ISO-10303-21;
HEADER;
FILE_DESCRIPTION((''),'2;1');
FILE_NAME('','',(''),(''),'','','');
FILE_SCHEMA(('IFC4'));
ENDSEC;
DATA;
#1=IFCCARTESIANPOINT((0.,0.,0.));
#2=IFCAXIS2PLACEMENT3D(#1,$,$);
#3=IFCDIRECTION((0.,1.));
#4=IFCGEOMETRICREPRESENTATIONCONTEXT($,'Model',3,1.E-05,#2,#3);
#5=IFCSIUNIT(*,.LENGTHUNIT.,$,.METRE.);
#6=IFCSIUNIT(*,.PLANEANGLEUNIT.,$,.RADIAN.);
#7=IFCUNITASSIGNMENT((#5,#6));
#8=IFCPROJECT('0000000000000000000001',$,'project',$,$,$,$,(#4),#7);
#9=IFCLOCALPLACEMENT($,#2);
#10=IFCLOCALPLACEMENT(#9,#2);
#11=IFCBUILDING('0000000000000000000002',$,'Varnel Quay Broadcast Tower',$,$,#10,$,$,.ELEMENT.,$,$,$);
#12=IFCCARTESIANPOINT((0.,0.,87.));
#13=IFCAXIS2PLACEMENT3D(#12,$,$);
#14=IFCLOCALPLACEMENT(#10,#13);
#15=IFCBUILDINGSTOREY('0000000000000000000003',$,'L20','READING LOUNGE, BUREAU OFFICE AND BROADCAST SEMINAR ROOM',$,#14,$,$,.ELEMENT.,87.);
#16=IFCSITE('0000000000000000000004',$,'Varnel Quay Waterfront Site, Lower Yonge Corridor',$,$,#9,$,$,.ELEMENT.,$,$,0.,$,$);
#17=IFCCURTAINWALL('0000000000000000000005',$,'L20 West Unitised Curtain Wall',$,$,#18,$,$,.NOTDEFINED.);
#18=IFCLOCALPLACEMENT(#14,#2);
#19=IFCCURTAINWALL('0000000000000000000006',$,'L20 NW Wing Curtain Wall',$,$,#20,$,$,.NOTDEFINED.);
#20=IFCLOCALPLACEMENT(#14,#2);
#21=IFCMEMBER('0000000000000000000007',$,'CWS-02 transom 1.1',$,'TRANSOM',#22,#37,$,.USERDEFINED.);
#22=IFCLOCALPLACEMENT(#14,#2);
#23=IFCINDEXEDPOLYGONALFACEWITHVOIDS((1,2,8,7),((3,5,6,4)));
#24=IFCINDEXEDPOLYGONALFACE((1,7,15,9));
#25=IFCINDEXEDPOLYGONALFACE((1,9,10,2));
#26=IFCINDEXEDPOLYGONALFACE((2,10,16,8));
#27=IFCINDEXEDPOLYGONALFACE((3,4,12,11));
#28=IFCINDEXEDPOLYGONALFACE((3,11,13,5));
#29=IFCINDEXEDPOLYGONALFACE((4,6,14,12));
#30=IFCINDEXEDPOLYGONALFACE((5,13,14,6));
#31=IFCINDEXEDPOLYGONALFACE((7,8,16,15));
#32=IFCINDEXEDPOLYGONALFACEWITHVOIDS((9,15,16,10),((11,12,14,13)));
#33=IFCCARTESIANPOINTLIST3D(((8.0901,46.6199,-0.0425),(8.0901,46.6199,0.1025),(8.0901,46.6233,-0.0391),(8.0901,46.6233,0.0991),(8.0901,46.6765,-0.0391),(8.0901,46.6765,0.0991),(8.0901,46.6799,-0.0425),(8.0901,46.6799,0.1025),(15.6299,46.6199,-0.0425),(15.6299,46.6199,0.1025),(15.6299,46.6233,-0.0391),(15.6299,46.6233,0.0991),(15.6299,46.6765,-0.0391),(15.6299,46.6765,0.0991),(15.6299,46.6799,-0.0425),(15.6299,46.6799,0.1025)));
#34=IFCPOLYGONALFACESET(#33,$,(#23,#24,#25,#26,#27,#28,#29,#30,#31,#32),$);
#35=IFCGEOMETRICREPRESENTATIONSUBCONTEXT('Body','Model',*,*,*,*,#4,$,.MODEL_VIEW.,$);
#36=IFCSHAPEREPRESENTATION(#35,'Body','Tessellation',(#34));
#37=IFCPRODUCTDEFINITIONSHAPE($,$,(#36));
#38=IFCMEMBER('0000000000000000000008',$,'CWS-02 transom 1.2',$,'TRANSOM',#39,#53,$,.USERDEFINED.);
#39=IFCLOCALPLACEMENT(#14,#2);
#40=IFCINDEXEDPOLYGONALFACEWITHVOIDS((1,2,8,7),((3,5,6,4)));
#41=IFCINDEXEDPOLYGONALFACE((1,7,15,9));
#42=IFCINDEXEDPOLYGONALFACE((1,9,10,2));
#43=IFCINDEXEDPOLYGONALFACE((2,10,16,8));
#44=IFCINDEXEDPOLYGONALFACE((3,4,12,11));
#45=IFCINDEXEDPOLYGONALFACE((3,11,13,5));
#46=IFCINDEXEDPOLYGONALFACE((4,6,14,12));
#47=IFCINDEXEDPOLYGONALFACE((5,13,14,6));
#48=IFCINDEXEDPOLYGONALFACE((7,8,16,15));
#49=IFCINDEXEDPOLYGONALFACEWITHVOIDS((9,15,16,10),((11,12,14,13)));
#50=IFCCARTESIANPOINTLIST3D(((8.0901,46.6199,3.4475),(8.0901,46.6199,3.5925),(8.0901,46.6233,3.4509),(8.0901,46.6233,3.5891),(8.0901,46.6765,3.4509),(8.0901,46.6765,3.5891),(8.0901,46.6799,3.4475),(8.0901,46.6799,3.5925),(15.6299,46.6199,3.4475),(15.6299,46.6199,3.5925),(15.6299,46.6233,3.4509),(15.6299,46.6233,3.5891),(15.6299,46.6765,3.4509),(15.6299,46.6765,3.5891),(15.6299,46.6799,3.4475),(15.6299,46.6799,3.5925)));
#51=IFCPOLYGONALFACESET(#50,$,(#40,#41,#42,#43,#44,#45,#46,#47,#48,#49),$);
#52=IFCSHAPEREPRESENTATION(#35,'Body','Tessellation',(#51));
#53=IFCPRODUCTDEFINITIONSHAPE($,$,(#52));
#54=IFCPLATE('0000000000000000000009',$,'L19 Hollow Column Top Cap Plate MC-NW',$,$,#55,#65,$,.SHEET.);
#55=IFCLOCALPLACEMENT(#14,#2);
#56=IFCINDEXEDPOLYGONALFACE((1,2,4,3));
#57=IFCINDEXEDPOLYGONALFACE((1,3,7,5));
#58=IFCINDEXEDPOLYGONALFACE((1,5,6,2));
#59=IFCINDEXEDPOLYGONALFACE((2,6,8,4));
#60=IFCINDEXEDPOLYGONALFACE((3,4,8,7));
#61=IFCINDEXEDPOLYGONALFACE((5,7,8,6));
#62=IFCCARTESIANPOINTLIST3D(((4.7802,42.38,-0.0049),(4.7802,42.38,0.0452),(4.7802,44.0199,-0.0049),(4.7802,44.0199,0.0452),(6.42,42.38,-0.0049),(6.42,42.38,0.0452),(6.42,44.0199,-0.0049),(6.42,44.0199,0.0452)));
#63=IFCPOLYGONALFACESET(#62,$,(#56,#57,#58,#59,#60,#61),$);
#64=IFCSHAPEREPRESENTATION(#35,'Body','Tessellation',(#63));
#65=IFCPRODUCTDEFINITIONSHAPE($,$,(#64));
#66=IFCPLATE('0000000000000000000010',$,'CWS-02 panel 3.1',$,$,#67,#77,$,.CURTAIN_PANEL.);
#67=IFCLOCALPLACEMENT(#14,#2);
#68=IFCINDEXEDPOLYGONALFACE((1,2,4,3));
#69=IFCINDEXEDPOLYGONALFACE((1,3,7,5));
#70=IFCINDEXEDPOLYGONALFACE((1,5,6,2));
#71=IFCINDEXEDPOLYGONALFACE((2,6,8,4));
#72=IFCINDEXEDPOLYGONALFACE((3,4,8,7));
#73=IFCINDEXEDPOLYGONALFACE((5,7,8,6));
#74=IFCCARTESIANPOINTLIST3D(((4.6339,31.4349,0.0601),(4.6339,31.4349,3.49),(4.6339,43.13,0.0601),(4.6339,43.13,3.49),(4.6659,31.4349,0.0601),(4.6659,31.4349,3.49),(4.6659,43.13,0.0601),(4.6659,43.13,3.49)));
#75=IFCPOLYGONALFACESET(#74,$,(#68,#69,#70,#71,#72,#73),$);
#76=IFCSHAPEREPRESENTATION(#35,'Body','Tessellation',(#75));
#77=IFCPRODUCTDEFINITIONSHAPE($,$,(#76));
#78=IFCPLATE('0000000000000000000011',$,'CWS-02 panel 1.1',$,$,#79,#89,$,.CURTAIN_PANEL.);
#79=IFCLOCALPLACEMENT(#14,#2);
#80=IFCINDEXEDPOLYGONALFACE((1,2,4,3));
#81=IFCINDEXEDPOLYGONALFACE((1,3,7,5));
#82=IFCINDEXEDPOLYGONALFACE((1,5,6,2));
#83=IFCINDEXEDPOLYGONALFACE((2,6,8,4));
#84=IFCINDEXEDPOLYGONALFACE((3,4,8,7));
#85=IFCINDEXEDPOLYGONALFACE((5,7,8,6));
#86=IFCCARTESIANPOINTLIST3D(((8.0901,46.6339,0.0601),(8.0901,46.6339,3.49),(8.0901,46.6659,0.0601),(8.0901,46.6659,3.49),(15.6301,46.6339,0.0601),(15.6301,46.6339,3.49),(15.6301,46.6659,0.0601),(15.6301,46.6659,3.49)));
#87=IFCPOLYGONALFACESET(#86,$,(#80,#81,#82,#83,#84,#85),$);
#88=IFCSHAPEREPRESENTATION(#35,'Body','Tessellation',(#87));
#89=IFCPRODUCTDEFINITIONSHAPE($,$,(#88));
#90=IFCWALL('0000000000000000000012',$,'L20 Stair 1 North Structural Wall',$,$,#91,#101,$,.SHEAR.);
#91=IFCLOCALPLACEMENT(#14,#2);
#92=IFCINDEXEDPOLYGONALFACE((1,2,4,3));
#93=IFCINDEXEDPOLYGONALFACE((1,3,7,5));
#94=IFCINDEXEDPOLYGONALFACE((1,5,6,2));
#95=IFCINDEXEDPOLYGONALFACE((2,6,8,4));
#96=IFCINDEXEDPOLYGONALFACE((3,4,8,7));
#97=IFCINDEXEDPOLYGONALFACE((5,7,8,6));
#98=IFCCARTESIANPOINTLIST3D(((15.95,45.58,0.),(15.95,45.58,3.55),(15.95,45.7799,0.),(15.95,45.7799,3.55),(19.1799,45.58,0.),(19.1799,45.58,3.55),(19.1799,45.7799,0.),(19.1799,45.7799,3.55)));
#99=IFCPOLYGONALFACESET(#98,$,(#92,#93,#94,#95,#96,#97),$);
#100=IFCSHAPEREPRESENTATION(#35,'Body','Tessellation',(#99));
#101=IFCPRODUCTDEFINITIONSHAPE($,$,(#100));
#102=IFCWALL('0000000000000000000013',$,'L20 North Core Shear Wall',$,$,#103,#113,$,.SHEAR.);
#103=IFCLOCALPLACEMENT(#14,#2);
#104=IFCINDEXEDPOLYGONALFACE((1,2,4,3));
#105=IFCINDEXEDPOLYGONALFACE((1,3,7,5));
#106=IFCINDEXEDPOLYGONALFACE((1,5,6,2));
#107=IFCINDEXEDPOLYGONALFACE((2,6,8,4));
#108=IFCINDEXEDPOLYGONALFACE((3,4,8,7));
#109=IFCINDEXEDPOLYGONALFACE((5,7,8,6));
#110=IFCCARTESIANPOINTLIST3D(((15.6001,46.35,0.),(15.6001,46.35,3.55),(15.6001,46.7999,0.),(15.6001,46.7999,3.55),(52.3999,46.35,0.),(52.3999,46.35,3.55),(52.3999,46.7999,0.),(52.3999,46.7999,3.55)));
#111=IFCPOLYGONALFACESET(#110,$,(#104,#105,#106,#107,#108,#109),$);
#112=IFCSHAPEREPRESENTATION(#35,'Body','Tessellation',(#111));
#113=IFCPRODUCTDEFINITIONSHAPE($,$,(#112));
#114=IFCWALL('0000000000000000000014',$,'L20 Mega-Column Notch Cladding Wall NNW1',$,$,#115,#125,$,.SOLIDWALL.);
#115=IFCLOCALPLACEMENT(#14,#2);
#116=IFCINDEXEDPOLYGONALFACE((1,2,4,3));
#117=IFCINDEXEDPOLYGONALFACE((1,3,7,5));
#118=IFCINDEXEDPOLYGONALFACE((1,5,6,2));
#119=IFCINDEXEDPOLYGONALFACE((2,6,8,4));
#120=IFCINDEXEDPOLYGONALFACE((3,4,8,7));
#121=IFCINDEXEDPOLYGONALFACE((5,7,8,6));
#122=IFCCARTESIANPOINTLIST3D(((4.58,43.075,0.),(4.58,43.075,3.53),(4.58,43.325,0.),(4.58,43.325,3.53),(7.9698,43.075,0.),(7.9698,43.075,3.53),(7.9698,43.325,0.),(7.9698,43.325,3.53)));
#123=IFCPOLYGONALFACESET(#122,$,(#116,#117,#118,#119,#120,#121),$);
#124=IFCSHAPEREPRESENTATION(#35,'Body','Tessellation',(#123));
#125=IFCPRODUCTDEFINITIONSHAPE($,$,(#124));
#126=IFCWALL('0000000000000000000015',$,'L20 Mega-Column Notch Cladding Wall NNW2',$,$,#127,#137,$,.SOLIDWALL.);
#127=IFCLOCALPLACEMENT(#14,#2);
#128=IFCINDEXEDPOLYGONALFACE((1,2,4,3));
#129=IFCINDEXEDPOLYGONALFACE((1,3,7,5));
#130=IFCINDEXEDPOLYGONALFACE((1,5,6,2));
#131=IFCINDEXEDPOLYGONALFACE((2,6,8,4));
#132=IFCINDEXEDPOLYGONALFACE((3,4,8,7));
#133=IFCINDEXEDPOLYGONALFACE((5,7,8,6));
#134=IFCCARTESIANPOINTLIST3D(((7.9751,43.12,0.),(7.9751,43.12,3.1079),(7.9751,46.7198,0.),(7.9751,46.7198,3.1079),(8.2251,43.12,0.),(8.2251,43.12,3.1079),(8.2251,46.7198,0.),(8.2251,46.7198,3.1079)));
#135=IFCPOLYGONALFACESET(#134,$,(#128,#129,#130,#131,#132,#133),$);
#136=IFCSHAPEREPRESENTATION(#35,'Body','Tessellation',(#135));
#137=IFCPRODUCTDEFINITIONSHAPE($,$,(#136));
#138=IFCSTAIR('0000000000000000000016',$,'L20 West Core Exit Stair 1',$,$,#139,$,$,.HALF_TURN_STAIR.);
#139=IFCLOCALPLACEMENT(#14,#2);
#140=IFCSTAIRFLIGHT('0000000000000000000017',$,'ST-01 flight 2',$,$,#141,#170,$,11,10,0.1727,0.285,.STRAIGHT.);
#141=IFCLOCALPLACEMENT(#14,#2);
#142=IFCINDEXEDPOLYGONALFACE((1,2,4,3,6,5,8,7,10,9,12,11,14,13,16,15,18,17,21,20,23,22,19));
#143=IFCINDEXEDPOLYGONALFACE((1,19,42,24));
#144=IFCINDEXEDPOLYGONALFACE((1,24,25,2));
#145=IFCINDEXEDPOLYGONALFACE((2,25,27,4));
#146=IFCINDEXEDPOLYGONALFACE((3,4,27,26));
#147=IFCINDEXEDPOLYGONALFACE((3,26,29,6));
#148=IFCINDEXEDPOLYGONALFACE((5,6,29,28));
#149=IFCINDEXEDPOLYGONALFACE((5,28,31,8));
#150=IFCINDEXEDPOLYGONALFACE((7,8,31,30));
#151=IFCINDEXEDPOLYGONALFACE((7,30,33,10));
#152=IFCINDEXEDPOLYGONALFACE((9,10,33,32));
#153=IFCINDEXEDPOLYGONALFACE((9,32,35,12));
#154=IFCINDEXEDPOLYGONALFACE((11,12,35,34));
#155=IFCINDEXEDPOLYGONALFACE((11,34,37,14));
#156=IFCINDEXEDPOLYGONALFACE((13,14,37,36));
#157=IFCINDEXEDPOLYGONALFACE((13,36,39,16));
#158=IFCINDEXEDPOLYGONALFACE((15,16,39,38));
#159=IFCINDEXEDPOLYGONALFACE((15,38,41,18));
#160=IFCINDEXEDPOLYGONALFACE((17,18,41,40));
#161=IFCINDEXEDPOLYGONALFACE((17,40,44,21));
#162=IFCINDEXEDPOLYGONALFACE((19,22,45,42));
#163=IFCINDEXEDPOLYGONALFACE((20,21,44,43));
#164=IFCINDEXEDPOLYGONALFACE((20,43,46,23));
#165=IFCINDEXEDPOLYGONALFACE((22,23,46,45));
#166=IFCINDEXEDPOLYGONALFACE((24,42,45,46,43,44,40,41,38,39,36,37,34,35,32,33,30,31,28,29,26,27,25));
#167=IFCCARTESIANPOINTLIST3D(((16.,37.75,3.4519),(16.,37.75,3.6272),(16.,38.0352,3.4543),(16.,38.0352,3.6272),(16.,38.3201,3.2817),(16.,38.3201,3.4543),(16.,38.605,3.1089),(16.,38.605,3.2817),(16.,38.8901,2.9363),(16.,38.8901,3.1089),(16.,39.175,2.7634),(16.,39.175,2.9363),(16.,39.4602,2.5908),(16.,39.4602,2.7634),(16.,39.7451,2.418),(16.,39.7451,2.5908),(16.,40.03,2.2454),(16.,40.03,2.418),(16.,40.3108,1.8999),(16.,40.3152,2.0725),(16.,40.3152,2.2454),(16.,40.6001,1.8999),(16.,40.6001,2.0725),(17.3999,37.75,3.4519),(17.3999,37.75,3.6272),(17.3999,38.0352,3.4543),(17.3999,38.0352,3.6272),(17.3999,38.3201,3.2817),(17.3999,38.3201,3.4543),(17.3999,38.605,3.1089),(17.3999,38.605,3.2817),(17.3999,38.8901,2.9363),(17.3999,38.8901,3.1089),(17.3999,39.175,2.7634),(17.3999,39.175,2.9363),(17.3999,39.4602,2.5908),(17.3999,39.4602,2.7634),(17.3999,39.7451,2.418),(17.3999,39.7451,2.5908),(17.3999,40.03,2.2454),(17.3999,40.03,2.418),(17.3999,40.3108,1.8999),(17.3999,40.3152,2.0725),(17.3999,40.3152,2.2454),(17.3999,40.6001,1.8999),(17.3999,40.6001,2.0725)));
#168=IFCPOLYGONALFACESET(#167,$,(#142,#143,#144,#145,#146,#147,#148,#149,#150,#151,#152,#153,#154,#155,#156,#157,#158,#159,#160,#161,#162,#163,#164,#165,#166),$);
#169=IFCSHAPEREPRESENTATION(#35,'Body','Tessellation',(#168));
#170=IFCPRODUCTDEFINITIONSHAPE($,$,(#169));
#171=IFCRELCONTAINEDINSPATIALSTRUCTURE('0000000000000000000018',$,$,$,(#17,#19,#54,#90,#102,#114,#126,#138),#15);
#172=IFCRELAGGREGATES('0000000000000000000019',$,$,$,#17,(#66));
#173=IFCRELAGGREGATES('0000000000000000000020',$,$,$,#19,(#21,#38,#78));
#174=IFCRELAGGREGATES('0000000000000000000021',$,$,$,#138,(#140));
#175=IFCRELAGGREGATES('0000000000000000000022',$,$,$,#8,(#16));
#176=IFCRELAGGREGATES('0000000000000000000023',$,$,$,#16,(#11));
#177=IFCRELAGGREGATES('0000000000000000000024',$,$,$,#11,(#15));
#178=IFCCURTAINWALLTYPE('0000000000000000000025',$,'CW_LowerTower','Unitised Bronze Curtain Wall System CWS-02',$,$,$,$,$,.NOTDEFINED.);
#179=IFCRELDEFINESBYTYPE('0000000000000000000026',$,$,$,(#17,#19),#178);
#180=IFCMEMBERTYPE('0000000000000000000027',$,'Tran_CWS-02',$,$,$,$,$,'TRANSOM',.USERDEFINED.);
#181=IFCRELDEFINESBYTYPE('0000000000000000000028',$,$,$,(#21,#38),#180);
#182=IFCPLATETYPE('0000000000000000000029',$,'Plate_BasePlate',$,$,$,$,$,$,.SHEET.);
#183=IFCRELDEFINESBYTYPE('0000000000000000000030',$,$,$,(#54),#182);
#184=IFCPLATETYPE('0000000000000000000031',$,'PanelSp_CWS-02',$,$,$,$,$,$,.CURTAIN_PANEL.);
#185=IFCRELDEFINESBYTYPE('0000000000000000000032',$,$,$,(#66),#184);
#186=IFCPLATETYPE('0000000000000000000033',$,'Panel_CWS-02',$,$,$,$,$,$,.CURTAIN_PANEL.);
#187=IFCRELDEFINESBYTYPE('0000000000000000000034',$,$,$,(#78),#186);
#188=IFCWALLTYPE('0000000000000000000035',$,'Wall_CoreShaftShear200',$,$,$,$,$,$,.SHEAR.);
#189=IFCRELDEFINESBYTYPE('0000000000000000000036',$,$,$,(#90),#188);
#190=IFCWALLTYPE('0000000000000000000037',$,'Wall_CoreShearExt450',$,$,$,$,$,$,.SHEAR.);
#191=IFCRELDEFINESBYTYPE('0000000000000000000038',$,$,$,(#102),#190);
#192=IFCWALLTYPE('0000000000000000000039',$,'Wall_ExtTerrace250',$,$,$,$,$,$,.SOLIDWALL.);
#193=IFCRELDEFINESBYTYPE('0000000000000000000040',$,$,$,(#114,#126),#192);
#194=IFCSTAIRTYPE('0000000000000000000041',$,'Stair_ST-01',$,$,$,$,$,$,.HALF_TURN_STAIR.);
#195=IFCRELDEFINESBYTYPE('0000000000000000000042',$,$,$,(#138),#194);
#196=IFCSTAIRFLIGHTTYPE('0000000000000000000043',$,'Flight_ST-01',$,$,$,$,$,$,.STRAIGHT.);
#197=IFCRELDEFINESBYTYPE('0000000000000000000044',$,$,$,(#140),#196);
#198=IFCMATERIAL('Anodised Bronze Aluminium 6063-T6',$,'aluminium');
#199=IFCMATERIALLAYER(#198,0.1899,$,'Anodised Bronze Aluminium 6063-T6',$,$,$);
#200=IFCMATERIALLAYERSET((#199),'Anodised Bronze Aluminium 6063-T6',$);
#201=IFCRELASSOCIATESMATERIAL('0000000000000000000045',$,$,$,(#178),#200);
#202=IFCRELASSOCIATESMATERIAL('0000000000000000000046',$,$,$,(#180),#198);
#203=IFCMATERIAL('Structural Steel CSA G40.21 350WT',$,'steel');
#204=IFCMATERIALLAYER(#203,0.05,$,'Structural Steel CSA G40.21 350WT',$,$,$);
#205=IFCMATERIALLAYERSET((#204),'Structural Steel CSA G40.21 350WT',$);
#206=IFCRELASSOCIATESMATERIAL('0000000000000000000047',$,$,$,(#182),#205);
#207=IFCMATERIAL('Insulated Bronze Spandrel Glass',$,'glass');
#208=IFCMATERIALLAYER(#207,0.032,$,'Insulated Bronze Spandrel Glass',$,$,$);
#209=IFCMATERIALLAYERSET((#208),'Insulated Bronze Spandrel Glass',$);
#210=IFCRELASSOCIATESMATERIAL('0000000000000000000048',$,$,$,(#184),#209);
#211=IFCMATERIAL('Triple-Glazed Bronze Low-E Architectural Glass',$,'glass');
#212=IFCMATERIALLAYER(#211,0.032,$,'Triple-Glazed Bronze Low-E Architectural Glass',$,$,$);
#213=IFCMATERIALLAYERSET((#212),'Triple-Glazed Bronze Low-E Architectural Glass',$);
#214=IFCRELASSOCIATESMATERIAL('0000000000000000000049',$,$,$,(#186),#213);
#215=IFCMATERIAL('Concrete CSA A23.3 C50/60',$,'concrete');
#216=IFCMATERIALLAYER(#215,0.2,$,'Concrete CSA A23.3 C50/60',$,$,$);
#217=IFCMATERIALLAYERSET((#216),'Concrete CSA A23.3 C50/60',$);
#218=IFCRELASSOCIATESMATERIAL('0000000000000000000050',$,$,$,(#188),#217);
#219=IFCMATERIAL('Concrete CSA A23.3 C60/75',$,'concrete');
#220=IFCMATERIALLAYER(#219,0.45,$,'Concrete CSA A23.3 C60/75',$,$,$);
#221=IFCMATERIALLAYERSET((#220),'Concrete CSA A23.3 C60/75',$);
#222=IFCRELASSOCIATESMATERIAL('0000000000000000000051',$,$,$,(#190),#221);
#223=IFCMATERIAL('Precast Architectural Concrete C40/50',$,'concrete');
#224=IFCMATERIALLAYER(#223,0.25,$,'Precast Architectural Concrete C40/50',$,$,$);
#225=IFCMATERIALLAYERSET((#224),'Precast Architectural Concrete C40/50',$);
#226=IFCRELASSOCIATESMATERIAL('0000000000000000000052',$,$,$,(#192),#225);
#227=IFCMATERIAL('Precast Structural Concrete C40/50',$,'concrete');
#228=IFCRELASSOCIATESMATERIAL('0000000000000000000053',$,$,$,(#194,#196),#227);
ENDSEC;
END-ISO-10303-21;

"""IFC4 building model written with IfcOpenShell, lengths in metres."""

from ifc_helpers import new_model, si_unit, direction, frame, frame_2d, origin, origin_2d, place, context, subcontext, project, spatial, polyline, rectangle, hollow_rectangle, outline, extrude, source, transform, mapped, material, layer, layer_set, material_profile, profile_set, type_object, type_shapes, element, aggregate, save


model = new_model("IFC4")

# Units and contexts
model_context = context("Model", 3, precision=1e-05, world=origin(), true_north=direction((0.0, 1.0)))
body_context = subcontext(model_context, "Body", "Model", "MODEL_VIEW")
ifc_project = project(units=[si_unit("LENGTHUNIT", "METRE"), si_unit("PLANEANGLEUNIT", "RADIAN")], contexts=[model_context])

# Site, building, storey
site_placement = place(None, origin())
site = spatial("IfcSite", under=ifc_project, at=site_placement, Name="Varnel Quay Waterfront Site, Lower Yonge Corridor", CompositionType="ELEMENT", RefElevation=0.0)
building_placement = place(site_placement, origin())
building = spatial("IfcBuilding", under=site, at=building_placement, Name="Varnel Quay Broadcast Tower", CompositionType="ELEMENT")
storey_placement = place(building_placement, frame((0.0, 0.0, 87.0)))
storey = spatial("IfcBuildingStorey", under=building, at=storey_placement, Name="L20", Description="READING LOUNGE, BUREAU OFFICE AND BROADCAST SEMINAR ROOM", CompositionType="ELEMENT", Elevation=87.0)

# Shared definitions
ifc_material_1 = material(Name="Structural Steel CSA G40.21 350WT", Category="steel")

# Curtain wall
ifc_material_2 = material(Name="Anodised Bronze Aluminium 6063-T6", Category="aluminium")
ifc_layer_1 = layer(ifc_material_2, 0.1899, Name="Anodised Bronze Aluminium 6063-T6")
ifc_layer_set_1 = layer_set([ifc_layer_1], Name="Anodised Bronze Aluminium 6063-T6")
curtain_wall_type = type_object("IfcCurtainWallType", Name="CW_LowerTower", Description="Unitised Bronze Curtain Wall System CWS-02", PredefinedType="NOTDEFINED", material=ifc_layer_set_1)
curtain_wall_1_placement = place(storey_placement, origin())
curtain_wall_1 = element("IfcCurtainWall", 1, at=curtain_wall_1_placement, inside=storey, type_object=curtain_wall_type, Name="L20 West Unitised Curtain Wall", PredefinedType="NOTDEFINED")

# Curtain wall, members
curtain_wall_2_placement = place(storey_placement, origin())
curtain_wall_2 = element("IfcCurtainWall", 2, at=curtain_wall_2_placement, inside=storey, type_object=curtain_wall_type, Name="L20 NW Wing Curtain Wall", PredefinedType="NOTDEFINED")
ifc_material_profile_1 = material_profile(ifc_material_2, hollow_rectangle(XDim=0.0601, YDim=0.145, WallThickness=0.0034, at=origin_2d()), Name="ALU60X145X3.5")
ifc_profile_set_1 = profile_set([ifc_material_profile_1], Name="Anodised Bronze Aluminium 6063-T6")
member_type_1 = type_object("IfcMemberType", Name="Tran_CWS-02", ElementType="TRANSOM", PredefinedType="USERDEFINED", material=ifc_profile_set_1)
shared_shape_1 = source(origin(), body_context, "Body", "SweptSolid", [
    extrude(hollow_rectangle(XDim=0.0601, YDim=0.145, WallThickness=0.0034, at=origin_2d()), origin(), (0.0, 0.0, 1.0), 7.5398),
])
type_shapes(member_type_1, [shared_shape_1])
member_1_placement = place(storey_placement, frame((8.0901, 46.6499, 0.03), z_axis=(1.0, 0.0, 0.0), x_axis=(0.0, 1.0, 0.0)))
member_1 = element("IfcMember", 3, at=member_1_placement, type_object=member_type_1, Name="CWS-02 transom 1.1", ObjectType="TRANSOM", PredefinedType="USERDEFINED", context=body_context, shape_type="MappedRepresentation", body=[
    mapped(shared_shape_1, transform((0.0, 0.0, 0.0), x_axis=(1.0, 0.0, 0.0), y_axis=(0.0, 1.0, 0.0), z_axis=(0.0, 0.0, 1.0), scale=1.0)),
])
member_2_placement = place(storey_placement, frame((8.0901, 46.6499, 3.52), z_axis=(1.0, 0.0, 0.0), x_axis=(0.0, 1.0, 0.0)))
member_2 = element("IfcMember", 4, at=member_2_placement, type_object=member_type_1, Name="CWS-02 transom 1.2", ObjectType="TRANSOM", PredefinedType="USERDEFINED", context=body_context, shape_type="MappedRepresentation", body=[
    mapped(shared_shape_1, transform((0.0, 0.0, 0.0), x_axis=(1.0, 0.0, 0.0), y_axis=(0.0, 1.0, 0.0), z_axis=(0.0, 0.0, 1.0), scale=1.0)),
])

# Plates
ifc_layer_2 = layer(ifc_material_1, 0.05, Name="Structural Steel CSA G40.21 350WT")
ifc_layer_set_2 = layer_set([ifc_layer_2], Name="Structural Steel CSA G40.21 350WT")
plate_type_1 = type_object("IfcPlateType", Name="Plate_BasePlate", PredefinedType="SHEET", material=ifc_layer_set_2)
shared_shape_2 = source(origin(), body_context, "Body", "SweptSolid", [
    extrude(rectangle(XDim=1.6399, YDim=1.6399, at=origin_2d()), origin(), (0.0, 0.0, 1.0), 0.05),
])
type_shapes(plate_type_1, [shared_shape_2])
plate_1_placement = place(storey_placement, frame((5.6001, 43.2, -0.0049), z_axis=(0.0, 0.0, 1.0), x_axis=(1.0, 0.0, 0.0)))
element("IfcPlate", 5, at=plate_1_placement, inside=storey, type_object=plate_type_1, Name="L19 Hollow Column Top Cap Plate MC-NW", PredefinedType="SHEET", context=body_context, shape_type="MappedRepresentation", body=[
    mapped(shared_shape_2, transform((0.0, 0.0, 0.0), x_axis=(1.0, 0.0, 0.0), y_axis=(0.0, 1.0, 0.0), z_axis=(0.0, 0.0, 1.0), scale=1.0)),
])
ifc_material_3 = material(Name="Insulated Bronze Spandrel Glass", Category="glass")
ifc_layer_3 = layer(ifc_material_3, 0.032, Name="Insulated Bronze Spandrel Glass")
ifc_layer_set_3 = layer_set([ifc_layer_3], Name="Insulated Bronze Spandrel Glass")
plate_type_2 = type_object("IfcPlateType", Name="PanelSp_CWS-02", PredefinedType="CURTAIN_PANEL", material=ifc_layer_set_3)
shared_shape_3 = source(origin(), body_context, "Body", "SweptSolid", [
    extrude(rectangle(XDim=11.6951, YDim=0.032, at=origin_2d()), origin(), (0.0, 0.0, 1.0), 3.4299),
])
type_shapes(plate_type_2, [shared_shape_3])
plate_2_placement = place(storey_placement, frame((4.6499, 37.2825, 0.0601), z_axis=(0.0, 0.0, 1.0), x_axis=(0.0, 1.0, 0.0)))
plate_2 = element("IfcPlate", 6, at=plate_2_placement, type_object=plate_type_2, Name="CWS-02 panel 3.1", PredefinedType="CURTAIN_PANEL", context=body_context, shape_type="MappedRepresentation", body=[
    mapped(shared_shape_3, transform((0.0, 0.0, 0.0), x_axis=(1.0, 0.0, 0.0), y_axis=(0.0, 1.0, 0.0), z_axis=(0.0, 0.0, 1.0), scale=1.0)),
])
aggregate(curtain_wall_1, [plate_2])
ifc_material_4 = material(Name="Triple-Glazed Bronze Low-E Architectural Glass", Category="glass")
ifc_layer_4 = layer(ifc_material_4, 0.032, Name="Triple-Glazed Bronze Low-E Architectural Glass")
ifc_layer_set_4 = layer_set([ifc_layer_4], Name="Triple-Glazed Bronze Low-E Architectural Glass")
plate_type_3 = type_object("IfcPlateType", Name="Panel_CWS-02", PredefinedType="CURTAIN_PANEL", material=ifc_layer_set_4)
shared_shape_4 = source(origin(), body_context, "Body", "SweptSolid", [
    extrude(rectangle(XDim=7.54, YDim=0.032, at=origin_2d()), origin(), (0.0, 0.0, 1.0), 3.4299),
])
type_shapes(plate_type_3, [shared_shape_4])
plate_3_placement = place(storey_placement, frame((11.8601, 46.6499, 0.0601), z_axis=(0.0, 0.0, 1.0), x_axis=(1.0, 0.0, 0.0)))
plate_3 = element("IfcPlate", 7, at=plate_3_placement, type_object=plate_type_3, Name="CWS-02 panel 1.1", PredefinedType="CURTAIN_PANEL", context=body_context, shape_type="MappedRepresentation", body=[
    mapped(shared_shape_4, transform((0.0, 0.0, 0.0), x_axis=(1.0, 0.0, 0.0), y_axis=(0.0, 1.0, 0.0), z_axis=(0.0, 0.0, 1.0), scale=1.0)),
])
aggregate(curtain_wall_2, [member_1, member_2, plate_3])

# Walls
ifc_material_5 = material(Name="Concrete CSA A23.3 C50/60", Category="concrete")
ifc_layer_5 = layer(ifc_material_5, 0.2, Name="Concrete CSA A23.3 C50/60")
ifc_layer_set_5 = layer_set([ifc_layer_5], Name="Concrete CSA A23.3 C50/60")
wall_type_1 = type_object("IfcWallType", Name="Wall_CoreShaftShear200", PredefinedType="SHEAR", material=ifc_layer_set_5)
wall_1_placement = place(storey_placement, frame((15.95, 45.6799, 0.0), z_axis=(0.0, 0.0, 1.0), x_axis=(1.0, 0.0, 0.0)))
element("IfcWall", 8, at=wall_1_placement, inside=storey, type_object=wall_type_1, Name="L20 Stair 1 North Structural Wall", PredefinedType="SHEAR", context=body_context, shape_type="SweptSolid", body=[
    extrude(rectangle(XDim=3.23, YDim=0.2, at=frame_2d((1.615, 0.0))), origin(), (0.0, 0.0, 1.0), 3.55),
])
ifc_material_6 = material(Name="Concrete CSA A23.3 C60/75", Category="concrete")
ifc_layer_6 = layer(ifc_material_6, 0.45, Name="Concrete CSA A23.3 C60/75")
ifc_layer_set_6 = layer_set([ifc_layer_6], Name="Concrete CSA A23.3 C60/75")
wall_type_2 = type_object("IfcWallType", Name="Wall_CoreShearExt450", PredefinedType="SHEAR", material=ifc_layer_set_6)
wall_2_placement = place(storey_placement, frame((15.6001, 46.575, 0.0), z_axis=(0.0, 0.0, 1.0), x_axis=(1.0, 0.0, 0.0)))
element("IfcWall", 9, at=wall_2_placement, inside=storey, type_object=wall_type_2, Name="L20 North Core Shear Wall", PredefinedType="SHEAR", context=body_context, shape_type="SweptSolid", body=[
    extrude(rectangle(XDim=36.7998, YDim=0.45, at=frame_2d((18.3999, 0.0))), origin(), (0.0, 0.0, 1.0), 3.55),
])
ifc_material_7 = material(Name="Precast Architectural Concrete C40/50", Category="concrete")
ifc_layer_7 = layer(ifc_material_7, 0.25, Name="Precast Architectural Concrete C40/50")
ifc_layer_set_7 = layer_set([ifc_layer_7], Name="Precast Architectural Concrete C40/50")
wall_type_3 = type_object("IfcWallType", Name="Wall_ExtTerrace250", PredefinedType="SOLIDWALL", material=ifc_layer_set_7)
wall_3_placement = place(storey_placement, frame((4.5801, 43.2, 0.0), z_axis=(0.0, 0.0, 1.0), x_axis=(1.0, 0.0, 0.0)))
element("IfcWall", 10, at=wall_3_placement, inside=storey, type_object=wall_type_3, Name="L20 Mega-Column Notch Cladding Wall NNW1", PredefinedType="SOLIDWALL", context=body_context, shape_type="SweptSolid", body=[
    extrude(rectangle(XDim=3.3899, YDim=0.25, at=frame_2d((1.6948, 0.0))), origin(), (0.0, 0.0, 1.0), 3.53),
])
wall_4_placement = place(storey_placement, frame((8.1001, 43.1201, 0.0), z_axis=(0.0, 0.0, 1.0), x_axis=(0.0, 1.0, 0.0)))
element("IfcWall", 11, at=wall_4_placement, inside=storey, type_object=wall_type_3, Name="L20 Mega-Column Notch Cladding Wall NNW2", PredefinedType="SOLIDWALL", context=body_context, shape_type="SweptSolid", body=[
    extrude(rectangle(XDim=3.5999, YDim=0.25, at=frame_2d((1.7998, 0.0))), origin(), (0.0, 0.0, 1.0), 3.1079),
])

# Stair, stair flight
ifc_material_8 = material(Name="Precast Structural Concrete C40/50", Category="concrete")
stair_type = type_object("IfcStairType", Name="Stair_ST-01", PredefinedType="HALF_TURN_STAIR", material=ifc_material_8)
stair_placement = place(storey_placement, origin())
stair = element("IfcStair", 12, at=stair_placement, inside=storey, type_object=stair_type, Name="L20 West Core Exit Stair 1", PredefinedType="HALF_TURN_STAIR")
stair_flight_type = type_object("IfcStairFlightType", Name="Flight_ST-01", PredefinedType="STRAIGHT", material=ifc_material_8)
stair_flight_placement = place(storey_placement, frame((16.7, 40.6001, 1.8999), z_axis=(0.0, 0.0, 1.0), x_axis=(0.0, -1.0, 0.0)))
stair_flight = element("IfcStairFlight", 13, at=stair_flight_placement, type_object=stair_flight_type, Name="ST-01 flight 2", NumberOfRisers=11, NumberOfTreads=10, PredefinedType="STRAIGHT", RiserHeight=0.1727, TreadLength=0.285, context=body_context, shape_type="SweptSolid", body=[
    extrude(outline(polyline([(0.0, 0.0), (0.0, 0.1726), (0.2849, 0.1726), (0.2849, 0.3455), (0.5701, 0.3455), (0.5701, 0.5181), (0.855, 0.5181), (0.855, 0.6909), (1.1399, 0.6909), (1.1399, 0.8635), (1.425, 0.8635), (1.425, 1.0364), (1.71, 1.0364), (1.71, 1.209), (1.9951, 1.209), (1.9951, 1.3818), (2.28, 1.3818), (2.28, 1.5544), (2.5649, 1.5544), (2.5649, 1.7273), (2.8501, 1.7273), (2.8501, 1.8999), (2.8501, 1.552), (0.2893, 0.0), (0.0, 0.0)])), frame((0.0, 0.7, 0.0), z_axis=(0.0, -1.0, 0.0), x_axis=(1.0, 0.0, 0.0)), (0.0, 0.0, 1.0), 1.3999),
])
aggregate(stair, [stair_flight])

save(model, "model.ifc")
